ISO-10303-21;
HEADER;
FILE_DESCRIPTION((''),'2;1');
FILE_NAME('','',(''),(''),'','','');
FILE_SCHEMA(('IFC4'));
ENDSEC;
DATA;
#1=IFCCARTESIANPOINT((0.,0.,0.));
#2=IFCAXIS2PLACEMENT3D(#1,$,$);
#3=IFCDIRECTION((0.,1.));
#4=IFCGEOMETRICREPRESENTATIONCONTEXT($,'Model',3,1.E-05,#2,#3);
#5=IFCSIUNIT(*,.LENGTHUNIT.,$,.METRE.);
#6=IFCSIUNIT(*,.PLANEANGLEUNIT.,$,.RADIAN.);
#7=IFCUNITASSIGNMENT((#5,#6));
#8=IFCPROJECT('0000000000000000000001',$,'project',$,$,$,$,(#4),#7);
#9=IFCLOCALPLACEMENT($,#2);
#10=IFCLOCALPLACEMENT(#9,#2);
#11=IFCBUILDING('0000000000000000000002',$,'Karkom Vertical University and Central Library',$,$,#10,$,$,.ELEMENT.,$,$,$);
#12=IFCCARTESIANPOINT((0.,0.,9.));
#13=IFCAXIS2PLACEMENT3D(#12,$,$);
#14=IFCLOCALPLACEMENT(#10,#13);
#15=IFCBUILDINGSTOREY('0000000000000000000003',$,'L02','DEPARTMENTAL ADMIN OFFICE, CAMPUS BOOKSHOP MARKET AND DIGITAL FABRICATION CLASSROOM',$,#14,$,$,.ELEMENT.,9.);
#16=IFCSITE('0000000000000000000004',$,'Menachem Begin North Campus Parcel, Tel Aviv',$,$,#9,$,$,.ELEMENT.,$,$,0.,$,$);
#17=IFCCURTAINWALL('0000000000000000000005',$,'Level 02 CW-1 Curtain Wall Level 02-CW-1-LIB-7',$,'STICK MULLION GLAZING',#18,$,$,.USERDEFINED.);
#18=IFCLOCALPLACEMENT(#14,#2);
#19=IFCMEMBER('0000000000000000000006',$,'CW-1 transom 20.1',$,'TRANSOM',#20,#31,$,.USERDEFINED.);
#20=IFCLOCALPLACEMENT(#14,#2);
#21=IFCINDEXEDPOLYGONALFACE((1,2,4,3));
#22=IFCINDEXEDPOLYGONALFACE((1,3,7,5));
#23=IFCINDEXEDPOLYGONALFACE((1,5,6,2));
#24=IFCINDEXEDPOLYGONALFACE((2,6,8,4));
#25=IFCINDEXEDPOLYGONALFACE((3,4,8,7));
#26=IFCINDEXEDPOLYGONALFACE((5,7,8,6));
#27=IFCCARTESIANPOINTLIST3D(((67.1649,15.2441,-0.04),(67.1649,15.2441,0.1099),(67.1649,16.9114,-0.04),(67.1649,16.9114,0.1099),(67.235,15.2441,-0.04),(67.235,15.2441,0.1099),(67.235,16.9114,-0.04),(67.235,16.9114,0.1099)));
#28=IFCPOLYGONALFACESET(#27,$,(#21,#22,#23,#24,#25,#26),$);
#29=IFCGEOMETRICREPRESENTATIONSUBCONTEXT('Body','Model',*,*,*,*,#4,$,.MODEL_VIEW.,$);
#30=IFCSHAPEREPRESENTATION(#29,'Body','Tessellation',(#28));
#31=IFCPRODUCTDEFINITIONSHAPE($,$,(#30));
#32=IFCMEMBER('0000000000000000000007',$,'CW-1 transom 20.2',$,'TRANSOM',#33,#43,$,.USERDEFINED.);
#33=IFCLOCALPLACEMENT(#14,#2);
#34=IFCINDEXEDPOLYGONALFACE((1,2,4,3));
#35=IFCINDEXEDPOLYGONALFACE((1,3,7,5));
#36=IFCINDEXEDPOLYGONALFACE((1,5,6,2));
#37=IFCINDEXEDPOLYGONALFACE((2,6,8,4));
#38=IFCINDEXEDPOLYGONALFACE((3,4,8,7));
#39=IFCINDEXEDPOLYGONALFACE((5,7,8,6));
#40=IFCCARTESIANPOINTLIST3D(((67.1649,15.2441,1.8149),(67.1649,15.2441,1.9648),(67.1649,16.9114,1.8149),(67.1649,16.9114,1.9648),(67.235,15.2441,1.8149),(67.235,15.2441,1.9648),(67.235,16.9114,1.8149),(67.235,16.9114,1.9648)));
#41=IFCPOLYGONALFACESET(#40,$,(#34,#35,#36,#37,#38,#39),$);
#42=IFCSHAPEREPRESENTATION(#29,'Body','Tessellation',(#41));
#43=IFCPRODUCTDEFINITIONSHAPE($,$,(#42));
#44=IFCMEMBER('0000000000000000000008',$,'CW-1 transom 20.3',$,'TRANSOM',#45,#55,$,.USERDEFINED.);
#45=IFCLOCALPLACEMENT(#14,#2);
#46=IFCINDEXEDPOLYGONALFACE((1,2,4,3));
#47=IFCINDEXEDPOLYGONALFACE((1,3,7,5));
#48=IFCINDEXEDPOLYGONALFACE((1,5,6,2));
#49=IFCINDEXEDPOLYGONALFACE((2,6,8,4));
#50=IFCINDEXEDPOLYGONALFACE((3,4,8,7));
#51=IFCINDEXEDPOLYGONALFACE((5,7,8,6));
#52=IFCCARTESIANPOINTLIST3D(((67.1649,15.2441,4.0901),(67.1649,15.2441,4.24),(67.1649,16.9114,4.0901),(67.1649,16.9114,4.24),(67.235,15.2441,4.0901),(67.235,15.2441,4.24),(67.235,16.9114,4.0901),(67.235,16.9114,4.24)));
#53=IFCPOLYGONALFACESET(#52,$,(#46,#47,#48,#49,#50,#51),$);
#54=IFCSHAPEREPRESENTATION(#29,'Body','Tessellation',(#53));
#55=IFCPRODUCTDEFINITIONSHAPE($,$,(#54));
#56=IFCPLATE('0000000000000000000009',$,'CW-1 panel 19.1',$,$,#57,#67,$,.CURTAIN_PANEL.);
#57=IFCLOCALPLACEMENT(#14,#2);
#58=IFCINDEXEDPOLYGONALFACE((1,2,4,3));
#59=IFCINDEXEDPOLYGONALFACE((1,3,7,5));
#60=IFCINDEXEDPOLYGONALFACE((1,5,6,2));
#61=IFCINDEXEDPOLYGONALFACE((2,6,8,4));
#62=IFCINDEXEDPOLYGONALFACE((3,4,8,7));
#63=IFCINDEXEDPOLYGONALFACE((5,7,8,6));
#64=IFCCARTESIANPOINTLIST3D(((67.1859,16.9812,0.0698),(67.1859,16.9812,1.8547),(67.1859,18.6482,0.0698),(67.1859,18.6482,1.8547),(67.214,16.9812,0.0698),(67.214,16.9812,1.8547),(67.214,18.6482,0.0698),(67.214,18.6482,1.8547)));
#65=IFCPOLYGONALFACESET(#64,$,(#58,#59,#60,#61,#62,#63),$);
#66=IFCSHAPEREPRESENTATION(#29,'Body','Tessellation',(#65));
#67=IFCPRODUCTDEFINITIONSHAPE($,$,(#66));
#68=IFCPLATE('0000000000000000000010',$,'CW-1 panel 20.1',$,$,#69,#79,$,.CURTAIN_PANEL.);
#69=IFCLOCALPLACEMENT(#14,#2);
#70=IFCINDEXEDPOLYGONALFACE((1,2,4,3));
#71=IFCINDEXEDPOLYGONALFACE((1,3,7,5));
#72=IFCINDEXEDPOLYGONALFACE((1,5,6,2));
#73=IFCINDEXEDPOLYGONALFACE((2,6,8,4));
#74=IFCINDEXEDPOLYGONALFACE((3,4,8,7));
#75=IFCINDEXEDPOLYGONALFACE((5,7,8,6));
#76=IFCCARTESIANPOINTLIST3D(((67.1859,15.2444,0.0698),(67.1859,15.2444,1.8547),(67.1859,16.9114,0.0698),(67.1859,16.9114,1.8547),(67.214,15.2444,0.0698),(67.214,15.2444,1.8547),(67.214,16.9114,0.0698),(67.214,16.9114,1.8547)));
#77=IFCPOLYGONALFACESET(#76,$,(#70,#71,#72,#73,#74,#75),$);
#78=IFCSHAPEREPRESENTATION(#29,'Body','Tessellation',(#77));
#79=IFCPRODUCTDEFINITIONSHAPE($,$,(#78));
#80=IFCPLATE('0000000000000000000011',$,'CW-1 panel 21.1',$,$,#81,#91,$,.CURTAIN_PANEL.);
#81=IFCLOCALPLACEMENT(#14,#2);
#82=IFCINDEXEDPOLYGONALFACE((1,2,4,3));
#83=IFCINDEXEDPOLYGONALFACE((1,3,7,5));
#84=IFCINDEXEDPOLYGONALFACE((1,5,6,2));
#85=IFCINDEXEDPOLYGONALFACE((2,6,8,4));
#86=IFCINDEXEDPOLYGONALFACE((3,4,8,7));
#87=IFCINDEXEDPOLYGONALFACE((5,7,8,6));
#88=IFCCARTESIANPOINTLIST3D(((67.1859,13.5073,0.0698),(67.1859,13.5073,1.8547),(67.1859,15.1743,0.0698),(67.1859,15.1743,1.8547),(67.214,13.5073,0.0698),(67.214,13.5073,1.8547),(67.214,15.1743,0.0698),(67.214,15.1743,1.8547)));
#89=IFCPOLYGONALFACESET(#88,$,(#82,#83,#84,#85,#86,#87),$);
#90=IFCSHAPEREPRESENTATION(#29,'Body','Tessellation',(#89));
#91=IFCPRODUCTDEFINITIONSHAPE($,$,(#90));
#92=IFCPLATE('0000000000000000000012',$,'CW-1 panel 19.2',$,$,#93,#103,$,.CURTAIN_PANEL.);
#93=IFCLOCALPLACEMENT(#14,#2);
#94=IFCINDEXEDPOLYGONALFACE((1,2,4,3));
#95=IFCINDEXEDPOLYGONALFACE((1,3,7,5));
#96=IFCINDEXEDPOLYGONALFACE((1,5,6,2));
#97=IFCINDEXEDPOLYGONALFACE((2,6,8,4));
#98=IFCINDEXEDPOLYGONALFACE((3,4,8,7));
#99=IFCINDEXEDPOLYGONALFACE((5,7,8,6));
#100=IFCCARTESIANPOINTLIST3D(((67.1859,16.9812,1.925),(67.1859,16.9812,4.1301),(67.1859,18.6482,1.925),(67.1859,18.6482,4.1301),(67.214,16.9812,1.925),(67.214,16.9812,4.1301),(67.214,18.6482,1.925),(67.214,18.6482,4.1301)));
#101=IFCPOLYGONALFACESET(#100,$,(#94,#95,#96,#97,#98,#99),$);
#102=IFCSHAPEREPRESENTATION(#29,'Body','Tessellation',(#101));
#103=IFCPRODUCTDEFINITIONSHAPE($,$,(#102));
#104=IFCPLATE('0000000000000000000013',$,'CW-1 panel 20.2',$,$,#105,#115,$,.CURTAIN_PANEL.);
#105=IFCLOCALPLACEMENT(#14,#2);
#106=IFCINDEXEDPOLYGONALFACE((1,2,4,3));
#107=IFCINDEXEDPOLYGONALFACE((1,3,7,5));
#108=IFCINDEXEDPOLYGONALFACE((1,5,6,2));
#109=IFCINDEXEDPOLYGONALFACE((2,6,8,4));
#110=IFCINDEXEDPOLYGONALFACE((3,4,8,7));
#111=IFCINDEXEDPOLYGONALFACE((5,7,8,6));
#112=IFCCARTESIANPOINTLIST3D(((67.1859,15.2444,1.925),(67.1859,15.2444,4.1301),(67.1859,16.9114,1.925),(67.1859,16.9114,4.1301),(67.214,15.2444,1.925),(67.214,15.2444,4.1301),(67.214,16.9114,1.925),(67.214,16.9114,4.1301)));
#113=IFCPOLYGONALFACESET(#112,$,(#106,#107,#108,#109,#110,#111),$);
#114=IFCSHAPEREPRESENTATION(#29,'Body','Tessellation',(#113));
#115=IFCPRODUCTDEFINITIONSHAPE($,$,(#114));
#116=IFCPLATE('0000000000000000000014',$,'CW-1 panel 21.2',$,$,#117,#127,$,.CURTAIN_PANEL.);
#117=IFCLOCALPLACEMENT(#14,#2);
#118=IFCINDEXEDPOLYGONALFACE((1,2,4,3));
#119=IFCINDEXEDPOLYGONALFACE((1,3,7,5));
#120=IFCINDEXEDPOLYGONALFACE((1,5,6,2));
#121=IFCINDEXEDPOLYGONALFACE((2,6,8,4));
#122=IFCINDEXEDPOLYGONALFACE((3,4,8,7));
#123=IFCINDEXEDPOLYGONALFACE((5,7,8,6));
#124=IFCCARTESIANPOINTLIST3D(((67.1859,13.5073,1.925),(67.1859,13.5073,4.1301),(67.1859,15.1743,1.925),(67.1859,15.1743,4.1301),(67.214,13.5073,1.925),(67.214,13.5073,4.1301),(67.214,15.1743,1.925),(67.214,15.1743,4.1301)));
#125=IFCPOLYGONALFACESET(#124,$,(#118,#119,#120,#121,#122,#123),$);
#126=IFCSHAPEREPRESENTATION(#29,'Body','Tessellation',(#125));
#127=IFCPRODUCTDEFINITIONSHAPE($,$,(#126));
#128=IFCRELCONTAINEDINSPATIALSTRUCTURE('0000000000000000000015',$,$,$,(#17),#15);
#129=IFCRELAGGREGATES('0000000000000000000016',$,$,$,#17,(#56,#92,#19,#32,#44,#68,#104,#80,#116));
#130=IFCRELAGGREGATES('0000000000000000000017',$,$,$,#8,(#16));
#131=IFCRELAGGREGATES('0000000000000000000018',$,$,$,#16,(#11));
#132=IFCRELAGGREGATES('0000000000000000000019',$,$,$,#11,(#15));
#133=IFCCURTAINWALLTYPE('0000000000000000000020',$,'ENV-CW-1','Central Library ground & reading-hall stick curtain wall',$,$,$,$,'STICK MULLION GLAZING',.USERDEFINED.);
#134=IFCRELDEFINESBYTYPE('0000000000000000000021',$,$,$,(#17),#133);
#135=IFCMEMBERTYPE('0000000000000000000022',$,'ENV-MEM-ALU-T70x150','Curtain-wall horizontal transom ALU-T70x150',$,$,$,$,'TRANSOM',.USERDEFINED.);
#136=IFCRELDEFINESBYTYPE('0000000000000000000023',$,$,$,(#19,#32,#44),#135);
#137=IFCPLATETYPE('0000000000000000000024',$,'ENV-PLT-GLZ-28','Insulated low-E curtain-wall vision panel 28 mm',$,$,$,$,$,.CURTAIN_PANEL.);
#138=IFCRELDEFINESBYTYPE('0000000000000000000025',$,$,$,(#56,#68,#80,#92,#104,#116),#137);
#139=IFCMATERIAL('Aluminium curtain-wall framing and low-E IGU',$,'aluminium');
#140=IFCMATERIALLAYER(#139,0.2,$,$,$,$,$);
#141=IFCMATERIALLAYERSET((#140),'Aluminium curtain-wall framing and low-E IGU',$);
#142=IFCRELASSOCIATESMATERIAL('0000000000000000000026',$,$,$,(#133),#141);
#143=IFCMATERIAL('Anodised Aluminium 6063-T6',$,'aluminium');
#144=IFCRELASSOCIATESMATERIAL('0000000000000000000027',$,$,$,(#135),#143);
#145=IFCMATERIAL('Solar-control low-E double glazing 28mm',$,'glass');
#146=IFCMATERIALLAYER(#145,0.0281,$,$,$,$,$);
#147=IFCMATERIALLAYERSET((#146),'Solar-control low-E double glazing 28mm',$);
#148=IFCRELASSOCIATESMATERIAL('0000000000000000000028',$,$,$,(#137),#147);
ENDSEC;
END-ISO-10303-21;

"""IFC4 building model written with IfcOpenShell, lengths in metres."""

from ifc_helpers import new_model, si_unit, direction, frame, origin, origin_with_axes, origin_2d, place, context, subcontext, project, spatial, rectangle, extrude, source, transform, mapped, material, layer, layer_set, material_profile, profile_set, type_object, element, aggregate, save


model = new_model("IFC4")

# Units and contexts
model_context = context("Model", 3, precision=1e-05, world=origin(), true_north=direction((0.0, 1.0)))
body_context = subcontext(model_context, "Body", "Model", "MODEL_VIEW")
ifc_project = project(units=[si_unit("LENGTHUNIT", "METRE"), si_unit("PLANEANGLEUNIT", "RADIAN")], contexts=[model_context])

# Site, building, storey
site_placement = place(None, origin())
site = spatial("IfcSite", under=ifc_project, at=site_placement, Name="Menachem Begin North Campus Parcel, Tel Aviv", CompositionType="ELEMENT", RefElevation=0.0)
building_placement = place(site_placement, origin())
building = spatial("IfcBuilding", under=site, at=building_placement, Name="Karkom Vertical University and Central Library", CompositionType="ELEMENT")
storey_placement = place(building_placement, frame((0.0, 0.0, 9.0)))
storey = spatial("IfcBuildingStorey", under=building, at=storey_placement, Name="L02", Description="DEPARTMENTAL ADMIN OFFICE, CAMPUS BOOKSHOP MARKET AND DIGITAL FABRICATION CLASSROOM", CompositionType="ELEMENT", Elevation=9.0)

# Curtain wall, members, plates
ifc_material_1 = material(Name="Aluminium curtain-wall framing and low-E IGU", Category="aluminium")
ifc_layer_1 = layer(ifc_material_1, 0.2)
ifc_layer_set_1 = layer_set([ifc_layer_1], Name="Aluminium curtain-wall framing and low-E IGU")
curtain_wall_type = type_object("IfcCurtainWallType", Name="ENV-CW-1", Description="Central Library ground & reading-hall stick curtain wall", ElementType="STICK MULLION GLAZING", PredefinedType="USERDEFINED", material=ifc_layer_set_1)
curtain_wall_placement = place(storey_placement, origin())
curtain_wall = element("IfcCurtainWall", 1, at=curtain_wall_placement, inside=storey, type_object=curtain_wall_type, Name="Level 02 CW-1 Curtain Wall Level 02-CW-1-LIB-7", ObjectType="STICK MULLION GLAZING", PredefinedType="USERDEFINED")
ifc_material_2 = material(Name="Anodised Aluminium 6063-T6", Category="aluminium")
ifc_material_profile_1 = material_profile(ifc_material_2, rectangle(XDim=0.0701, YDim=0.1499, at=origin_2d()), Name="ALU-T70x150")
ifc_profile_set_1 = profile_set([ifc_material_profile_1], Name="Anodised Aluminium 6063-T6")
member_type = type_object("IfcMemberType", Name="ENV-MEM-ALU-T70x150", Description="Curtain-wall horizontal transom ALU-T70x150", ElementType="TRANSOM", PredefinedType="USERDEFINED", material=ifc_profile_set_1)
shared_shape_1 = source(origin_with_axes(), body_context, "Body", "SweptSolid", [
    extrude(rectangle(XDim=0.0701, YDim=0.1499, at=origin_2d()), origin(), (0.0, 0.0, 1.0), 1.6672),
])
member_1_placement = place(storey_placement, frame((67.2, 16.9114, 0.0349), z_axis=(0.0, -1.0, 0.0), x_axis=(1.0, 0.0, 0.0)))
member_1 = element("IfcMember", 2, at=member_1_placement, type_object=member_type, Name="CW-1 transom 20.1", ObjectType="TRANSOM", PredefinedType="USERDEFINED", context=body_context, shape_type="MappedRepresentation", body=[
    mapped(shared_shape_1, transform((0.0, 0.0, 0.0), scale=1.0)),
])
member_2_placement = place(storey_placement, frame((67.2, 16.9114, 1.8899), z_axis=(0.0, -1.0, 0.0), x_axis=(1.0, 0.0, 0.0)))
member_2 = element("IfcMember", 3, at=member_2_placement, type_object=member_type, Name="CW-1 transom 20.2", ObjectType="TRANSOM", PredefinedType="USERDEFINED", context=body_context, shape_type="MappedRepresentation", body=[
    mapped(shared_shape_1, transform((0.0, 0.0, 0.0), scale=1.0)),
])
member_3_placement = place(storey_placement, frame((67.2, 16.9114, 4.165), z_axis=(0.0, -1.0, 0.0), x_axis=(1.0, 0.0, 0.0)))
member_3 = element("IfcMember", 4, at=member_3_placement, type_object=member_type, Name="CW-1 transom 20.3", ObjectType="TRANSOM", PredefinedType="USERDEFINED", context=body_context, shape_type="MappedRepresentation", body=[
    mapped(shared_shape_1, transform((0.0, 0.0, 0.0), scale=1.0)),
])
ifc_material_3 = material(Name="Solar-control low-E double glazing 28mm", Category="glass")
ifc_layer_2 = layer(ifc_material_3, 0.0281)
ifc_layer_set_2 = layer_set([ifc_layer_2], Name="Solar-control low-E double glazing 28mm")
plate_type = type_object("IfcPlateType", Name="ENV-PLT-GLZ-28", Description="Insulated low-E curtain-wall vision panel 28 mm", PredefinedType="CURTAIN_PANEL", material=ifc_layer_set_2)
shared_shape_2 = source(origin_with_axes(), body_context, "Body", "SweptSolid", [
    extrude(rectangle(XDim=1.667, YDim=0.0281, at=origin_2d()), origin(), (0.0, 0.0, 1.0), 1.7849),
])
plate_1_placement = place(storey_placement, frame((67.2, 17.8147, 0.0698), z_axis=(0.0, 0.0, 1.0), x_axis=(0.0, -1.0, 0.0)))
plate_1 = element("IfcPlate", 5, at=plate_1_placement, type_object=plate_type, Name="CW-1 panel 19.1", PredefinedType="CURTAIN_PANEL", context=body_context, shape_type="MappedRepresentation", body=[
    mapped(shared_shape_2, transform((0.0, 0.0, 0.0), scale=1.0)),
])
plate_2_placement = place(storey_placement, frame((67.2, 16.0779, 0.0698), z_axis=(0.0, 0.0, 1.0), x_axis=(0.0, -1.0, 0.0)))
plate_2 = element("IfcPlate", 6, at=plate_2_placement, type_object=plate_type, Name="CW-1 panel 20.1", PredefinedType="CURTAIN_PANEL", context=body_context, shape_type="MappedRepresentation", body=[
    mapped(shared_shape_2, transform((0.0, 0.0, 0.0), scale=1.0)),
])
plate_3_placement = place(storey_placement, frame((67.2, 14.3408, 0.0698), z_axis=(0.0, 0.0, 1.0), x_axis=(0.0, -1.0, 0.0)))
plate_3 = element("IfcPlate", 7, at=plate_3_placement, type_object=plate_type, Name="CW-1 panel 21.1", PredefinedType="CURTAIN_PANEL", context=body_context, shape_type="MappedRepresentation", body=[
    mapped(shared_shape_2, transform((0.0, 0.0, 0.0), scale=1.0)),
])
shared_shape_3 = source(origin_with_axes(), body_context, "Body", "SweptSolid", [
    extrude(rectangle(XDim=1.667, YDim=0.0281, at=origin_2d()), origin(), (0.0, 0.0, 1.0), 2.2051),
])
plate_4_placement = place(storey_placement, frame((67.2, 17.8147, 1.925), z_axis=(0.0, 0.0, 1.0), x_axis=(0.0, -1.0, 0.0)))
plate_4 = element("IfcPlate", 8, at=plate_4_placement, type_object=plate_type, Name="CW-1 panel 19.2", PredefinedType="CURTAIN_PANEL", context=body_context, shape_type="MappedRepresentation", body=[
    mapped(shared_shape_3, transform((0.0, 0.0, 0.0), scale=1.0)),
])
plate_5_placement = place(storey_placement, frame((67.2, 16.0779, 1.925), z_axis=(0.0, 0.0, 1.0), x_axis=(0.0, -1.0, 0.0)))
plate_5 = element("IfcPlate", 9, at=plate_5_placement, type_object=plate_type, Name="CW-1 panel 20.2", PredefinedType="CURTAIN_PANEL", context=body_context, shape_type="MappedRepresentation", body=[
    mapped(shared_shape_3, transform((0.0, 0.0, 0.0), scale=1.0)),
])
plate_6_placement = place(storey_placement, frame((67.2, 14.3408, 1.925), z_axis=(0.0, 0.0, 1.0), x_axis=(0.0, -1.0, 0.0)))
plate_6 = element("IfcPlate", 10, at=plate_6_placement, type_object=plate_type, Name="CW-1 panel 21.2", PredefinedType="CURTAIN_PANEL", context=body_context, shape_type="MappedRepresentation", body=[
    mapped(shared_shape_3, transform((0.0, 0.0, 0.0), scale=1.0)),
])
aggregate(curtain_wall, [plate_1, plate_4, member_1, member_2, member_3, plate_2, plate_5, plate_3, plate_6])

save(model, "model.ifc")
